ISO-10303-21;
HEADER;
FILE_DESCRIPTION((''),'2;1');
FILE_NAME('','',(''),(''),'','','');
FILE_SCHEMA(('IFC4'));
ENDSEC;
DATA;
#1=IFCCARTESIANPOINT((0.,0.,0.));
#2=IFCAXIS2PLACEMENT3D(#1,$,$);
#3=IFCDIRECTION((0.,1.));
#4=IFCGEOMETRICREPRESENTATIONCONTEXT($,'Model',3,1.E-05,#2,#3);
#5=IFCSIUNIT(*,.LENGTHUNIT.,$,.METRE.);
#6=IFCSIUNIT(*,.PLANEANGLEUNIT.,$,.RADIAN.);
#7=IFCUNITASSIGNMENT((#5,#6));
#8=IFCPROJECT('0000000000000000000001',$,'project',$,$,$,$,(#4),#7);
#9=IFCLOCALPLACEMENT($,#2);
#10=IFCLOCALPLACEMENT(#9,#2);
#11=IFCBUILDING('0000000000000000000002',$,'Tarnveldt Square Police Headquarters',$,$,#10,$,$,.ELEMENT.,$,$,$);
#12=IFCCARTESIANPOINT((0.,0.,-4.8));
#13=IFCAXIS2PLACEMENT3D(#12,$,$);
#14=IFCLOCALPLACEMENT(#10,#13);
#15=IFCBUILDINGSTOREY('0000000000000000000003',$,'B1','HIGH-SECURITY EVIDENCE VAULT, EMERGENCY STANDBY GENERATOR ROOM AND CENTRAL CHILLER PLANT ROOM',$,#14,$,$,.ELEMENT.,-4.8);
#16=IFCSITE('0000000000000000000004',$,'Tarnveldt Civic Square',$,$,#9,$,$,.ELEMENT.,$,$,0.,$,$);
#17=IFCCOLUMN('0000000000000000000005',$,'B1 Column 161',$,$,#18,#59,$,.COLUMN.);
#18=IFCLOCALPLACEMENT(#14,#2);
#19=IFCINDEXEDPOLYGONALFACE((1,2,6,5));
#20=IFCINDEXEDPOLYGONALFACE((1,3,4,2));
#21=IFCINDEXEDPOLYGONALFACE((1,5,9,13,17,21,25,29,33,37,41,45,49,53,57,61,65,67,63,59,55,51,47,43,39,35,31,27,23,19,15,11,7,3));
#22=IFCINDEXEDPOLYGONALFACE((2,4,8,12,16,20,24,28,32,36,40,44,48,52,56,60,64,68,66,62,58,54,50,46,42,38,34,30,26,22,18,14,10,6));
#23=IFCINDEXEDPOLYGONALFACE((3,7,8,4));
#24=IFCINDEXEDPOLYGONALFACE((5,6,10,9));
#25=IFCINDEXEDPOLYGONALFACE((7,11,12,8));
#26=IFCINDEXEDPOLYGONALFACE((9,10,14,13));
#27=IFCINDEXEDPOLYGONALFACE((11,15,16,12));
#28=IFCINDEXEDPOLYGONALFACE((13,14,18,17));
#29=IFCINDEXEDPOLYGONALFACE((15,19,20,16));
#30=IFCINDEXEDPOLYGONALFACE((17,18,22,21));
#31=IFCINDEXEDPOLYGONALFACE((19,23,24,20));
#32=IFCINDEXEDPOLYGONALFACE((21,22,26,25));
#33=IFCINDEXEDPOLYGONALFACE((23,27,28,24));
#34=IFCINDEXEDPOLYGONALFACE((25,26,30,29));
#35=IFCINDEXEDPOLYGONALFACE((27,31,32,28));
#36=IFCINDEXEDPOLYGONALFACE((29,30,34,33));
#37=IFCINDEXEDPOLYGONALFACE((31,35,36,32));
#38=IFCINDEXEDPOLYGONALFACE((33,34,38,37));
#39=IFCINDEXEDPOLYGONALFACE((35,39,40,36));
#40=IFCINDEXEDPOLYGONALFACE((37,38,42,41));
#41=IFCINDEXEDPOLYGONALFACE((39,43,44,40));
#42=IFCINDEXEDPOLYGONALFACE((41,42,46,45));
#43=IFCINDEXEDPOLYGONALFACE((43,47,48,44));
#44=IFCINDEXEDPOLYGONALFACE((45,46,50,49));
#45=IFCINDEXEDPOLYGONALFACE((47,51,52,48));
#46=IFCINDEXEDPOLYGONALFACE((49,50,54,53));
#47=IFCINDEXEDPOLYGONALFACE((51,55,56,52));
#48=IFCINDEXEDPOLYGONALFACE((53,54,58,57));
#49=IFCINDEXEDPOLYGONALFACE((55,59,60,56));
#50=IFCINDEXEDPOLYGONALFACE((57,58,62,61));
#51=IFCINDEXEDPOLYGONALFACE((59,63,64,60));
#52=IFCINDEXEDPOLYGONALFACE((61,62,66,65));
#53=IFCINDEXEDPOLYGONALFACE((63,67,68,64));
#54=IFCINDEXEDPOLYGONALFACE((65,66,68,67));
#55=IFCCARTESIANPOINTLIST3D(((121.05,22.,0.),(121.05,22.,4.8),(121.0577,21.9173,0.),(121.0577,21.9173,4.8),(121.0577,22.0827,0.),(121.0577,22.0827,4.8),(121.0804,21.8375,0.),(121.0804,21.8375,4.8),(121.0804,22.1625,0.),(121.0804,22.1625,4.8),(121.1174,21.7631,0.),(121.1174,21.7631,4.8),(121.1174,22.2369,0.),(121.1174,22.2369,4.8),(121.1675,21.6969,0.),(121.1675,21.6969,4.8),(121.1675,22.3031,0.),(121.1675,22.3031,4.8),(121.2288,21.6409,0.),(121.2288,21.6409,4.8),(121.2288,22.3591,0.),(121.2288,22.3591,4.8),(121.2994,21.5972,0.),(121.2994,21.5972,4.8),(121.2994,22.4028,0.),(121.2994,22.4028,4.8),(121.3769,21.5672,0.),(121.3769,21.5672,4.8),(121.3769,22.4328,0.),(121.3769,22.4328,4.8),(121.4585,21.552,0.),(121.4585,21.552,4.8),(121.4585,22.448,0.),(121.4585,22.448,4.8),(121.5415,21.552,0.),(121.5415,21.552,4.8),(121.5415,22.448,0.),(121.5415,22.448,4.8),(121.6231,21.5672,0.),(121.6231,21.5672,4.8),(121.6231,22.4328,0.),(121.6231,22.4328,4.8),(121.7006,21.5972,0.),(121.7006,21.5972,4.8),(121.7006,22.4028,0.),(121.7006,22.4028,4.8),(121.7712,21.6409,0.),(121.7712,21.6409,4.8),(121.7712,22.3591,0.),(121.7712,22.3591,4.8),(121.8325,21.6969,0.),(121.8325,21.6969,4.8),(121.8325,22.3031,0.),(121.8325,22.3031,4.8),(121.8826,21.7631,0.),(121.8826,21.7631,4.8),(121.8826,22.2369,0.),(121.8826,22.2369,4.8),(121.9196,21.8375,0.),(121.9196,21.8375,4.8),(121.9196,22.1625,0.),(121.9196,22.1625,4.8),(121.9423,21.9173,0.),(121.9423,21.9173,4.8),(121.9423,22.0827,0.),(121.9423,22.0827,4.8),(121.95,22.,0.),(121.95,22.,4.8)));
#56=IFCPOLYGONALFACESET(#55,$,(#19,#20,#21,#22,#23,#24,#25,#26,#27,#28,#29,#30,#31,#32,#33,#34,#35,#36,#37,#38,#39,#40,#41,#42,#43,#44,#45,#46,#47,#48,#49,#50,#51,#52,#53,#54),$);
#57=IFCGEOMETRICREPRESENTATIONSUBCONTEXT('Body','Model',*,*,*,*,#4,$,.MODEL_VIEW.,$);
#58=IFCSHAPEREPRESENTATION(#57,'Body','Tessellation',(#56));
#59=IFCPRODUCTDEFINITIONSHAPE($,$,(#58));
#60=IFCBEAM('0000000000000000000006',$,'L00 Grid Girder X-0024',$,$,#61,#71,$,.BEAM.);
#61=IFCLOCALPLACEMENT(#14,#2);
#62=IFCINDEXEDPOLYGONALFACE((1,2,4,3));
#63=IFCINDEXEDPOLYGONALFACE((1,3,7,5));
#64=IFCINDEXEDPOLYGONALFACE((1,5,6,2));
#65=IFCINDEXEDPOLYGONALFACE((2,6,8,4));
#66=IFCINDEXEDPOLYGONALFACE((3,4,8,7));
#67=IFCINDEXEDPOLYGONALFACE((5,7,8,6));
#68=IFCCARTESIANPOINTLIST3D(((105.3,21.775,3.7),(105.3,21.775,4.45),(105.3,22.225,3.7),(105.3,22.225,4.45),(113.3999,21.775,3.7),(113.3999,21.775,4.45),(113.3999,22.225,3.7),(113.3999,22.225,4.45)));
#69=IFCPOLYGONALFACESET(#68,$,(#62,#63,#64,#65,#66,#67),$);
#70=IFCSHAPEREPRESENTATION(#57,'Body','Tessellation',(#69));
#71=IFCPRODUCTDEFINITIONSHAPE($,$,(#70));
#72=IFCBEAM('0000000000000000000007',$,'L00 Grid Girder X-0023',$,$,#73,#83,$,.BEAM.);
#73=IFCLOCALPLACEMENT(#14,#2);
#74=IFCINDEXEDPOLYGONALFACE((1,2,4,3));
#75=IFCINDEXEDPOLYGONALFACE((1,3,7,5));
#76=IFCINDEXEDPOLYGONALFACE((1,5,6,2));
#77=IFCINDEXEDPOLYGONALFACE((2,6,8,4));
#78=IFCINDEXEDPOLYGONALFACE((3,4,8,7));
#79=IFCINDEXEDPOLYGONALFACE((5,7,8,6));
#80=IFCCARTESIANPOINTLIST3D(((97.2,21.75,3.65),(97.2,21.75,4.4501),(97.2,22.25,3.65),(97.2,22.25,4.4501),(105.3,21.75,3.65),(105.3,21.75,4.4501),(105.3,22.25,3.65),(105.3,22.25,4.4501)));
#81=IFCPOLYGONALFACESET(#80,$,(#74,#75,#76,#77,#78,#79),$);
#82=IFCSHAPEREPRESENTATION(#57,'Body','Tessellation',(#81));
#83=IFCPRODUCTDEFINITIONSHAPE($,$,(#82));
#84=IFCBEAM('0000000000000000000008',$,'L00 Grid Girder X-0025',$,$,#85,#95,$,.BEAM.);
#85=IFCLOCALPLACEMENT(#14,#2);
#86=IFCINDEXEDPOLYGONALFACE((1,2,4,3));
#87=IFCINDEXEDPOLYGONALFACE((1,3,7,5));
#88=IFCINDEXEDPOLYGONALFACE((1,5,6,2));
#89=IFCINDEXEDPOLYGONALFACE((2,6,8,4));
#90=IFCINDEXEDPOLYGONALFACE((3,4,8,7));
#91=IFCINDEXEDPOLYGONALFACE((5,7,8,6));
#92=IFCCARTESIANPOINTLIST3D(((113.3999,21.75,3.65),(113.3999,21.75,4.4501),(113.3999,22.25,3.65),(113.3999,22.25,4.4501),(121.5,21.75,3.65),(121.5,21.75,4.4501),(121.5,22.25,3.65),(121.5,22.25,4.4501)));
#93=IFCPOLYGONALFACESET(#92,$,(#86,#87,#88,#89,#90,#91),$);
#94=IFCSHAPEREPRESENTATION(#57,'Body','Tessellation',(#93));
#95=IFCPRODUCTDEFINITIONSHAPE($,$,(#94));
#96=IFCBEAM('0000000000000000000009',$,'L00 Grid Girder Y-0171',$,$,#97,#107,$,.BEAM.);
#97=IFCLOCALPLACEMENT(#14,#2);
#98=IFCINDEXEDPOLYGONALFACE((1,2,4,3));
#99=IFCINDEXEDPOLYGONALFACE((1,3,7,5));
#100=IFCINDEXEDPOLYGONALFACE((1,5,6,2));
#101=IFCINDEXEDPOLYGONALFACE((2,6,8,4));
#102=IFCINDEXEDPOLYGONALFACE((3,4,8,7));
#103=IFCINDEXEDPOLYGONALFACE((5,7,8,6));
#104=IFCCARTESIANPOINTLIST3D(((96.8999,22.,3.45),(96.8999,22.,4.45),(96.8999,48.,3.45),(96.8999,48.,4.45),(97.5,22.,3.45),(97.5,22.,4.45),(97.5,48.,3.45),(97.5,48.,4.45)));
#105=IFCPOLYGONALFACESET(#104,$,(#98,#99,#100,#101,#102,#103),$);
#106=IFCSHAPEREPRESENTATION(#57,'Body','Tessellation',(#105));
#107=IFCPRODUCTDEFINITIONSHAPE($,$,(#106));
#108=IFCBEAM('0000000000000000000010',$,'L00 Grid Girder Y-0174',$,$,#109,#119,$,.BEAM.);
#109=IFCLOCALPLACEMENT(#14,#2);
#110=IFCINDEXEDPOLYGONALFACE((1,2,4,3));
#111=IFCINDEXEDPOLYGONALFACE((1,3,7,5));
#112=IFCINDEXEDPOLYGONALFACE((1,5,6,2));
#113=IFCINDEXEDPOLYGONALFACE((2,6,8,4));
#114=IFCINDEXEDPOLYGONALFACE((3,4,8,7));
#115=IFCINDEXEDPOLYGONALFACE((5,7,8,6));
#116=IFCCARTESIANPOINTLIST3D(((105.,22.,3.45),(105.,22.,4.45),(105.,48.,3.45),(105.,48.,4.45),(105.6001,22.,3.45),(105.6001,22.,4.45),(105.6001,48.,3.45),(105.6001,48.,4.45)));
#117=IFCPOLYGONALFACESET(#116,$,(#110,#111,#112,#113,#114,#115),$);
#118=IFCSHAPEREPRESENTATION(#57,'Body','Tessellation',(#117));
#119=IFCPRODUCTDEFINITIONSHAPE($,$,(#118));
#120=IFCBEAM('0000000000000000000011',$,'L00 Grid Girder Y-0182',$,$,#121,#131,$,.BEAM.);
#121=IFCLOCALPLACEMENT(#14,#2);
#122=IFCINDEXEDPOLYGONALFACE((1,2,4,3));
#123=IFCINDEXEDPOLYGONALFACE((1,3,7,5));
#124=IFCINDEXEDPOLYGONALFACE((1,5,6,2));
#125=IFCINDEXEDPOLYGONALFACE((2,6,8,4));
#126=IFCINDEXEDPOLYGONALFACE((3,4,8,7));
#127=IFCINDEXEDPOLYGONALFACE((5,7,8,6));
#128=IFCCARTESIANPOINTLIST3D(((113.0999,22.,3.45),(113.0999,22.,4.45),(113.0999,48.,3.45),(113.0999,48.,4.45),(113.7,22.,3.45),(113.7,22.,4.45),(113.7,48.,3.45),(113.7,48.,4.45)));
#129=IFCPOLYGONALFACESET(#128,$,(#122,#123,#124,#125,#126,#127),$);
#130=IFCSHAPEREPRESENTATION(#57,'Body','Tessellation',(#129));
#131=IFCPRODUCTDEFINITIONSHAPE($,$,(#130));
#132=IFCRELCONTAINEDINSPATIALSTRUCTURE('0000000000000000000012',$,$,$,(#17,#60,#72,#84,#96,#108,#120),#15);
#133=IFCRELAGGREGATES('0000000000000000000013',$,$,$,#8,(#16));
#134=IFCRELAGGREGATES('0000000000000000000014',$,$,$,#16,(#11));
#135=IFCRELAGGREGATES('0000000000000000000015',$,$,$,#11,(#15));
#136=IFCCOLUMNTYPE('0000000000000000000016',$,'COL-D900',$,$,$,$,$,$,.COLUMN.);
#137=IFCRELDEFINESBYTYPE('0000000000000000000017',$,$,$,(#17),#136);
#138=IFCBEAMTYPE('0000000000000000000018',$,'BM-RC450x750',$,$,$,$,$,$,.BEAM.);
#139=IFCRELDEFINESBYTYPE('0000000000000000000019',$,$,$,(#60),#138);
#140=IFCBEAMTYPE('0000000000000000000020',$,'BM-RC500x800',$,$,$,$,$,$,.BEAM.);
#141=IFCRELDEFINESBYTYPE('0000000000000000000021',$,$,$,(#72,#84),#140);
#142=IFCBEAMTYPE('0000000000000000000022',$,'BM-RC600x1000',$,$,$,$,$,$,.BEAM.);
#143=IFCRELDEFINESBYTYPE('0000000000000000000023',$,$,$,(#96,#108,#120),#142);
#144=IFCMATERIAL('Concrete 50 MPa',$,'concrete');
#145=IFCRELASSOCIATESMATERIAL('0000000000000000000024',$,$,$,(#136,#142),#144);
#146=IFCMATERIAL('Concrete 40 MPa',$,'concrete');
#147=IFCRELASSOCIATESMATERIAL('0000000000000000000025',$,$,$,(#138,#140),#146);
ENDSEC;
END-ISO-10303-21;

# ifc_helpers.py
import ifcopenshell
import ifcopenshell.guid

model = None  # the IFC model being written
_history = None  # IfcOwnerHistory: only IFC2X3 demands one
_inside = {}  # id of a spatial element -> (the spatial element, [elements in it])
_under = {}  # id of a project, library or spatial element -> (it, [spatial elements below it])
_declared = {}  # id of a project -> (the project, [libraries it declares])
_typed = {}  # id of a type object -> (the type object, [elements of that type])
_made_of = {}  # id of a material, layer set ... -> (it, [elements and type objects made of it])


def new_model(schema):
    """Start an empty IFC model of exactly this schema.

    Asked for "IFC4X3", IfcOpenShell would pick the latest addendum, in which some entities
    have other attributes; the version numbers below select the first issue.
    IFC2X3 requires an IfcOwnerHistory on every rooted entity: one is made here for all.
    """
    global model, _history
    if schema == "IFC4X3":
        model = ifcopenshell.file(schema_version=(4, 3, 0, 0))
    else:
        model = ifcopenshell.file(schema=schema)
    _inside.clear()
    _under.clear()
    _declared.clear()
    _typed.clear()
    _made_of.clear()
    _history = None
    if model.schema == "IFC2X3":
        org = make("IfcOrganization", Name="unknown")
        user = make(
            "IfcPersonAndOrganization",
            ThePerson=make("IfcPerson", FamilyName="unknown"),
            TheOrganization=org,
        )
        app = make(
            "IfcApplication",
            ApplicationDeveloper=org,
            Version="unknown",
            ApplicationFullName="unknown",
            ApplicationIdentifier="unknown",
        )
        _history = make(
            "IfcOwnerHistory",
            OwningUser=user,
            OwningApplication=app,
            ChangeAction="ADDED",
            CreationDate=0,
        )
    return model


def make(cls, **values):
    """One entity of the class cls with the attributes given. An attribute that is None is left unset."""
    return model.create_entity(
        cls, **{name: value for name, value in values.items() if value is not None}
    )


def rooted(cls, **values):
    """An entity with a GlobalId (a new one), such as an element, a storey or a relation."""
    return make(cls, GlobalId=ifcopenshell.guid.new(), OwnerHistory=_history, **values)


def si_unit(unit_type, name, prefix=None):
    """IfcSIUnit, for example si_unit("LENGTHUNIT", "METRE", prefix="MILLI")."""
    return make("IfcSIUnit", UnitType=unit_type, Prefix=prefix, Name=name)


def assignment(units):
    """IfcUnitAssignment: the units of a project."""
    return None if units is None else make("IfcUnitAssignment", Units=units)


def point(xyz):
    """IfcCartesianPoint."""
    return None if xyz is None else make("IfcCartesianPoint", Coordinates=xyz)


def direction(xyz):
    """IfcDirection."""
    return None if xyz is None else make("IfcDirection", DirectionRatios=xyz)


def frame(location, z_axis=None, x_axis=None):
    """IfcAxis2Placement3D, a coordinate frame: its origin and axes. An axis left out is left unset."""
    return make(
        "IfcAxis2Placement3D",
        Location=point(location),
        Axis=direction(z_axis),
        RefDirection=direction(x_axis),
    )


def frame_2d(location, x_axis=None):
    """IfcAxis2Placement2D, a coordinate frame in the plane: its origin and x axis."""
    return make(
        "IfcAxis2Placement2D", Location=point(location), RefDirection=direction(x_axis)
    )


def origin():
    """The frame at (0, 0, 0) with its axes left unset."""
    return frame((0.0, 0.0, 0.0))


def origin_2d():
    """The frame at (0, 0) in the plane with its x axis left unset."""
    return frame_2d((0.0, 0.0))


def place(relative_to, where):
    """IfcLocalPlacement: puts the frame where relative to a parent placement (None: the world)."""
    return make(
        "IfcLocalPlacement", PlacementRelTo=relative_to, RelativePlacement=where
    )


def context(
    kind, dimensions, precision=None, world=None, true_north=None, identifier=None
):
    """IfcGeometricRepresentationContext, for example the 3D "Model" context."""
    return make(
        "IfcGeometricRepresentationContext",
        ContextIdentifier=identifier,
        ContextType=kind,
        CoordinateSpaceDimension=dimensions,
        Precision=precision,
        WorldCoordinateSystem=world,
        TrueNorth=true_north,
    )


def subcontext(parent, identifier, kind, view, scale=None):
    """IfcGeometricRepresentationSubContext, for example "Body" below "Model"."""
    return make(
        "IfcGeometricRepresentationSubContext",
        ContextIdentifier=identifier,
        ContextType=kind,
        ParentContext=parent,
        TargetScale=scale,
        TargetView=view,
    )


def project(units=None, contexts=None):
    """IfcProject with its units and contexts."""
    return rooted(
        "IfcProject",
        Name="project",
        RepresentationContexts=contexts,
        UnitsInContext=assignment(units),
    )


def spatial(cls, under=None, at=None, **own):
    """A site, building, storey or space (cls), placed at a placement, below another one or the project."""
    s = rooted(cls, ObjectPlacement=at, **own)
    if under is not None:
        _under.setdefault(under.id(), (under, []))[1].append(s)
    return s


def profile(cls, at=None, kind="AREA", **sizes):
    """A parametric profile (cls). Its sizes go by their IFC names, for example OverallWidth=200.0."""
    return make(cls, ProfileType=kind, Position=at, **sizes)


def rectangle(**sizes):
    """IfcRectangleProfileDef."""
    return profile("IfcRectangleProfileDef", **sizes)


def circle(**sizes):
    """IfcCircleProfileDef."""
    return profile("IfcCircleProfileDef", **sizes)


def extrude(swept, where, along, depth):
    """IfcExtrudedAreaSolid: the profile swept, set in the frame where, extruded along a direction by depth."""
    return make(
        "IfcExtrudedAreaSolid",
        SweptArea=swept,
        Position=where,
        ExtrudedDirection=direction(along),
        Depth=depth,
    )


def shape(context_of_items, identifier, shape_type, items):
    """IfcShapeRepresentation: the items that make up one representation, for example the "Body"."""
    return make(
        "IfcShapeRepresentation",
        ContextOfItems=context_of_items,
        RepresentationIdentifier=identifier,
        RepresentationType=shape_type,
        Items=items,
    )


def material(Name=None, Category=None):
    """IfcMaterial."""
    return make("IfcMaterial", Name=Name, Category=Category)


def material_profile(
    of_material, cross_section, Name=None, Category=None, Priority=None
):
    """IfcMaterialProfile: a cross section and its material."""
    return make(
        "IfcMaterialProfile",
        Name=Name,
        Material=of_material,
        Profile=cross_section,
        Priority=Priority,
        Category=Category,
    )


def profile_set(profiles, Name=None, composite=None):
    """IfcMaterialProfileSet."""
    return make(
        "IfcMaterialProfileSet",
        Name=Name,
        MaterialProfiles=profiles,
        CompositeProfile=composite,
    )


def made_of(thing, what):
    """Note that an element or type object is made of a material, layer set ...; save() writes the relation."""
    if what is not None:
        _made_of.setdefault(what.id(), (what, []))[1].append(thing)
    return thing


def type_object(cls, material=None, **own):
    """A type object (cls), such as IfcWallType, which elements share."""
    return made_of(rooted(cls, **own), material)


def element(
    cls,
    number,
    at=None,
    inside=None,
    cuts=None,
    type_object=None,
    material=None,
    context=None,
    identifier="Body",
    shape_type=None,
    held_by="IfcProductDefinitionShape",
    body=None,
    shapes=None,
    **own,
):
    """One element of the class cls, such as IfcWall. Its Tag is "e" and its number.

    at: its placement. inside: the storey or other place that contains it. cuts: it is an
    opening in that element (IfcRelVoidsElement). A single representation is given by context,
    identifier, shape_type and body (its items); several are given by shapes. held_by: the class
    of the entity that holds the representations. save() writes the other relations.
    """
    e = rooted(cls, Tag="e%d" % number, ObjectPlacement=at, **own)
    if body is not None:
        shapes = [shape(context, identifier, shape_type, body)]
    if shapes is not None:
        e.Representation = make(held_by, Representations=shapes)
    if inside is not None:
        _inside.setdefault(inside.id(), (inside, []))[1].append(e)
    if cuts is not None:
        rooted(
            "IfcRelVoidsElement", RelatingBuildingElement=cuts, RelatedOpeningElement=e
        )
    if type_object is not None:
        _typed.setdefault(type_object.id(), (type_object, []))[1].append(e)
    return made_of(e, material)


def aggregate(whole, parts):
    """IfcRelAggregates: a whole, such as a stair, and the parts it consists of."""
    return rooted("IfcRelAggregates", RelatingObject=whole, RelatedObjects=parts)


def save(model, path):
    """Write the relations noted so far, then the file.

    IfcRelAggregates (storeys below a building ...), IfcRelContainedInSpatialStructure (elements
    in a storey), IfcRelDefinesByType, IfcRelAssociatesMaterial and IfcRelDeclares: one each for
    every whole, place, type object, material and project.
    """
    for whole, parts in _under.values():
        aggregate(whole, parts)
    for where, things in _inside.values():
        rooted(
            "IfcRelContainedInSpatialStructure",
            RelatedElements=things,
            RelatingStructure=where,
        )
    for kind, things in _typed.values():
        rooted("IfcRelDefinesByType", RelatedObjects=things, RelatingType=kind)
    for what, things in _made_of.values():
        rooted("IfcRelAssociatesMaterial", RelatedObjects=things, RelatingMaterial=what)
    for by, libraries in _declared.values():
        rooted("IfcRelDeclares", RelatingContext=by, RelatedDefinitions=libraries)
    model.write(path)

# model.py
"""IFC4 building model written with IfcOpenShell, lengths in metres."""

from ifc_helpers import new_model, si_unit, direction, frame, origin, origin_2d, place, context, subcontext, project, spatial, rectangle, circle, extrude, material, material_profile, profile_set, type_object, element, save


model = new_model("IFC4")

# Units and contexts
model_context = context("Model", 3, precision=1e-05, world=origin(), true_north=direction((0.0, 1.0)))
body_context = subcontext(model_context, "Body", "Model", "MODEL_VIEW")
ifc_project = project(units=[si_unit("LENGTHUNIT", "METRE"), si_unit("PLANEANGLEUNIT", "RADIAN")], contexts=[model_context])

# Site, building, storey
site_placement = place(None, origin())
site = spatial("IfcSite", under=ifc_project, at=site_placement, Name="Tarnveldt Civic Square", CompositionType="ELEMENT", RefElevation=0.0)
building_placement = place(site_placement, origin())
building = spatial("IfcBuilding", under=site, at=building_placement, Name="Tarnveldt Square Police Headquarters", CompositionType="ELEMENT")
storey_placement = place(building_placement, frame((0.0, 0.0, -4.8)))
storey = spatial("IfcBuildingStorey", under=building, at=storey_placement, Name="B1", Description="HIGH-SECURITY EVIDENCE VAULT, EMERGENCY STANDBY GENERATOR ROOM AND CENTRAL CHILLER PLANT ROOM", CompositionType="ELEMENT", Elevation=-4.8)

# Shared definitions
ifc_material_1 = material(Name="Concrete 40 MPa", Category="concrete")

# Column
ifc_material_2 = material(Name="Concrete 50 MPa", Category="concrete")
ifc_material_profile_1 = material_profile(ifc_material_2, circle(Radius=0.45, at=origin_2d()), Name="RC-D900")
ifc_profile_set_1 = profile_set([ifc_material_profile_1], Name="Concrete 50 MPa")
column_type_1 = type_object("IfcColumnType", Name="COL-D900", PredefinedType="COLUMN", material=ifc_profile_set_1)
for number, where, z_axis, x_axis, name in (
    (1, (121.5, 22.0, 0.0), (0.0, 0.0, 1.0), (1.0, 0.0, 0.0), "B1 Column 161"),
):
    element("IfcColumn", number, at=place(storey_placement, frame(where, z_axis=z_axis, x_axis=x_axis)), inside=storey, type_object=column_type_1, Name=name, PredefinedType="COLUMN", context=body_context, shape_type="SweptSolid", body=[
        extrude(circle(Radius=0.45, at=origin_2d()), origin(), (0.0, 0.0, 1.0), 4.8),
    ])

# Beams
ifc_material_profile_2 = material_profile(ifc_material_1, rectangle(XDim=0.45, YDim=0.75, at=origin_2d()), Name="RC-B450x750")
ifc_profile_set_2 = profile_set([ifc_material_profile_2], Name="Concrete 40 MPa")
beam_type_1 = type_object("IfcBeamType", Name="BM-RC450x750", PredefinedType="BEAM", material=ifc_profile_set_2)
beam_placement = place(storey_placement, frame((105.3, 22.0, 4.075), z_axis=(1.0, 0.0, 0.0), x_axis=(0.0, 1.0, 0.0)))
element("IfcBeam", 2, at=beam_placement, inside=storey, type_object=beam_type_1, Name="L00 Grid Girder X-0024", PredefinedType="BEAM", context=body_context, shape_type="SweptSolid", body=[
    extrude(rectangle(XDim=0.45, YDim=0.75, at=origin_2d()), origin(), (0.0, 0.0, 1.0), 8.0999),
])
ifc_material_profile_3 = material_profile(ifc_material_1, rectangle(XDim=0.5, YDim=0.8, at=origin_2d()), Name="RC-B500x800")
ifc_profile_set_3 = profile_set([ifc_material_profile_3], Name="Concrete 40 MPa")
beam_type_2 = type_object("IfcBeamType", Name="BM-RC500x800", PredefinedType="BEAM", material=ifc_profile_set_3)
for number, where, z_axis, x_axis, name in (
    (3, (97.2, 22.0, 4.05), (1.0, 0.0, 0.0), (0.0, 1.0, 0.0), "L00 Grid Girder X-0023"),
    (4, (113.3999, 22.0, 4.05), (1.0, 0.0, 0.0), (0.0, 1.0, 0.0), "L00 Grid Girder X-0025"),
):
    element("IfcBeam", number, at=place(storey_placement, frame(where, z_axis=z_axis, x_axis=x_axis)), inside=storey, type_object=beam_type_2, Name=name, PredefinedType="BEAM", context=body_context, shape_type="SweptSolid", body=[
        extrude(rectangle(XDim=0.5, YDim=0.8, at=origin_2d()), origin(), (0.0, 0.0, 1.0), 8.1001),
    ])
ifc_material_profile_4 = material_profile(ifc_material_2, rectangle(XDim=0.6001, YDim=1.0, at=origin_2d()), Name="RC-B600x1000")
ifc_profile_set_4 = profile_set([ifc_material_profile_4], Name="Concrete 50 MPa")
beam_type_3 = type_object("IfcBeamType", Name="BM-RC600x1000", PredefinedType="BEAM", material=ifc_profile_set_4)
for number, where, z_axis, x_axis, name in (
    (5, (97.2, 22.0, 3.95), (0.0, 1.0, 0.0), (-1.0, 0.0, 0.0), "L00 Grid Girder Y-0171"),
    (6, (105.3, 22.0, 3.95), (0.0, 1.0, 0.0), (-1.0, 0.0, 0.0), "L00 Grid Girder Y-0174"),
    (7, (113.3999, 22.0, 3.95), (0.0, 1.0, 0.0), (-1.0, 0.0, 0.0), "L00 Grid Girder Y-0182"),
):
    element("IfcBeam", number, at=place(storey_placement, frame(where, z_axis=z_axis, x_axis=x_axis)), inside=storey, type_object=beam_type_3, Name=name, PredefinedType="BEAM", context=body_context, shape_type="SweptSolid", body=[
        extrude(rectangle(XDim=0.6001, YDim=1.0, at=origin_2d()), origin(), (0.0, 0.0, 1.0), 26.0),
    ])

save(model, "model.ifc")
